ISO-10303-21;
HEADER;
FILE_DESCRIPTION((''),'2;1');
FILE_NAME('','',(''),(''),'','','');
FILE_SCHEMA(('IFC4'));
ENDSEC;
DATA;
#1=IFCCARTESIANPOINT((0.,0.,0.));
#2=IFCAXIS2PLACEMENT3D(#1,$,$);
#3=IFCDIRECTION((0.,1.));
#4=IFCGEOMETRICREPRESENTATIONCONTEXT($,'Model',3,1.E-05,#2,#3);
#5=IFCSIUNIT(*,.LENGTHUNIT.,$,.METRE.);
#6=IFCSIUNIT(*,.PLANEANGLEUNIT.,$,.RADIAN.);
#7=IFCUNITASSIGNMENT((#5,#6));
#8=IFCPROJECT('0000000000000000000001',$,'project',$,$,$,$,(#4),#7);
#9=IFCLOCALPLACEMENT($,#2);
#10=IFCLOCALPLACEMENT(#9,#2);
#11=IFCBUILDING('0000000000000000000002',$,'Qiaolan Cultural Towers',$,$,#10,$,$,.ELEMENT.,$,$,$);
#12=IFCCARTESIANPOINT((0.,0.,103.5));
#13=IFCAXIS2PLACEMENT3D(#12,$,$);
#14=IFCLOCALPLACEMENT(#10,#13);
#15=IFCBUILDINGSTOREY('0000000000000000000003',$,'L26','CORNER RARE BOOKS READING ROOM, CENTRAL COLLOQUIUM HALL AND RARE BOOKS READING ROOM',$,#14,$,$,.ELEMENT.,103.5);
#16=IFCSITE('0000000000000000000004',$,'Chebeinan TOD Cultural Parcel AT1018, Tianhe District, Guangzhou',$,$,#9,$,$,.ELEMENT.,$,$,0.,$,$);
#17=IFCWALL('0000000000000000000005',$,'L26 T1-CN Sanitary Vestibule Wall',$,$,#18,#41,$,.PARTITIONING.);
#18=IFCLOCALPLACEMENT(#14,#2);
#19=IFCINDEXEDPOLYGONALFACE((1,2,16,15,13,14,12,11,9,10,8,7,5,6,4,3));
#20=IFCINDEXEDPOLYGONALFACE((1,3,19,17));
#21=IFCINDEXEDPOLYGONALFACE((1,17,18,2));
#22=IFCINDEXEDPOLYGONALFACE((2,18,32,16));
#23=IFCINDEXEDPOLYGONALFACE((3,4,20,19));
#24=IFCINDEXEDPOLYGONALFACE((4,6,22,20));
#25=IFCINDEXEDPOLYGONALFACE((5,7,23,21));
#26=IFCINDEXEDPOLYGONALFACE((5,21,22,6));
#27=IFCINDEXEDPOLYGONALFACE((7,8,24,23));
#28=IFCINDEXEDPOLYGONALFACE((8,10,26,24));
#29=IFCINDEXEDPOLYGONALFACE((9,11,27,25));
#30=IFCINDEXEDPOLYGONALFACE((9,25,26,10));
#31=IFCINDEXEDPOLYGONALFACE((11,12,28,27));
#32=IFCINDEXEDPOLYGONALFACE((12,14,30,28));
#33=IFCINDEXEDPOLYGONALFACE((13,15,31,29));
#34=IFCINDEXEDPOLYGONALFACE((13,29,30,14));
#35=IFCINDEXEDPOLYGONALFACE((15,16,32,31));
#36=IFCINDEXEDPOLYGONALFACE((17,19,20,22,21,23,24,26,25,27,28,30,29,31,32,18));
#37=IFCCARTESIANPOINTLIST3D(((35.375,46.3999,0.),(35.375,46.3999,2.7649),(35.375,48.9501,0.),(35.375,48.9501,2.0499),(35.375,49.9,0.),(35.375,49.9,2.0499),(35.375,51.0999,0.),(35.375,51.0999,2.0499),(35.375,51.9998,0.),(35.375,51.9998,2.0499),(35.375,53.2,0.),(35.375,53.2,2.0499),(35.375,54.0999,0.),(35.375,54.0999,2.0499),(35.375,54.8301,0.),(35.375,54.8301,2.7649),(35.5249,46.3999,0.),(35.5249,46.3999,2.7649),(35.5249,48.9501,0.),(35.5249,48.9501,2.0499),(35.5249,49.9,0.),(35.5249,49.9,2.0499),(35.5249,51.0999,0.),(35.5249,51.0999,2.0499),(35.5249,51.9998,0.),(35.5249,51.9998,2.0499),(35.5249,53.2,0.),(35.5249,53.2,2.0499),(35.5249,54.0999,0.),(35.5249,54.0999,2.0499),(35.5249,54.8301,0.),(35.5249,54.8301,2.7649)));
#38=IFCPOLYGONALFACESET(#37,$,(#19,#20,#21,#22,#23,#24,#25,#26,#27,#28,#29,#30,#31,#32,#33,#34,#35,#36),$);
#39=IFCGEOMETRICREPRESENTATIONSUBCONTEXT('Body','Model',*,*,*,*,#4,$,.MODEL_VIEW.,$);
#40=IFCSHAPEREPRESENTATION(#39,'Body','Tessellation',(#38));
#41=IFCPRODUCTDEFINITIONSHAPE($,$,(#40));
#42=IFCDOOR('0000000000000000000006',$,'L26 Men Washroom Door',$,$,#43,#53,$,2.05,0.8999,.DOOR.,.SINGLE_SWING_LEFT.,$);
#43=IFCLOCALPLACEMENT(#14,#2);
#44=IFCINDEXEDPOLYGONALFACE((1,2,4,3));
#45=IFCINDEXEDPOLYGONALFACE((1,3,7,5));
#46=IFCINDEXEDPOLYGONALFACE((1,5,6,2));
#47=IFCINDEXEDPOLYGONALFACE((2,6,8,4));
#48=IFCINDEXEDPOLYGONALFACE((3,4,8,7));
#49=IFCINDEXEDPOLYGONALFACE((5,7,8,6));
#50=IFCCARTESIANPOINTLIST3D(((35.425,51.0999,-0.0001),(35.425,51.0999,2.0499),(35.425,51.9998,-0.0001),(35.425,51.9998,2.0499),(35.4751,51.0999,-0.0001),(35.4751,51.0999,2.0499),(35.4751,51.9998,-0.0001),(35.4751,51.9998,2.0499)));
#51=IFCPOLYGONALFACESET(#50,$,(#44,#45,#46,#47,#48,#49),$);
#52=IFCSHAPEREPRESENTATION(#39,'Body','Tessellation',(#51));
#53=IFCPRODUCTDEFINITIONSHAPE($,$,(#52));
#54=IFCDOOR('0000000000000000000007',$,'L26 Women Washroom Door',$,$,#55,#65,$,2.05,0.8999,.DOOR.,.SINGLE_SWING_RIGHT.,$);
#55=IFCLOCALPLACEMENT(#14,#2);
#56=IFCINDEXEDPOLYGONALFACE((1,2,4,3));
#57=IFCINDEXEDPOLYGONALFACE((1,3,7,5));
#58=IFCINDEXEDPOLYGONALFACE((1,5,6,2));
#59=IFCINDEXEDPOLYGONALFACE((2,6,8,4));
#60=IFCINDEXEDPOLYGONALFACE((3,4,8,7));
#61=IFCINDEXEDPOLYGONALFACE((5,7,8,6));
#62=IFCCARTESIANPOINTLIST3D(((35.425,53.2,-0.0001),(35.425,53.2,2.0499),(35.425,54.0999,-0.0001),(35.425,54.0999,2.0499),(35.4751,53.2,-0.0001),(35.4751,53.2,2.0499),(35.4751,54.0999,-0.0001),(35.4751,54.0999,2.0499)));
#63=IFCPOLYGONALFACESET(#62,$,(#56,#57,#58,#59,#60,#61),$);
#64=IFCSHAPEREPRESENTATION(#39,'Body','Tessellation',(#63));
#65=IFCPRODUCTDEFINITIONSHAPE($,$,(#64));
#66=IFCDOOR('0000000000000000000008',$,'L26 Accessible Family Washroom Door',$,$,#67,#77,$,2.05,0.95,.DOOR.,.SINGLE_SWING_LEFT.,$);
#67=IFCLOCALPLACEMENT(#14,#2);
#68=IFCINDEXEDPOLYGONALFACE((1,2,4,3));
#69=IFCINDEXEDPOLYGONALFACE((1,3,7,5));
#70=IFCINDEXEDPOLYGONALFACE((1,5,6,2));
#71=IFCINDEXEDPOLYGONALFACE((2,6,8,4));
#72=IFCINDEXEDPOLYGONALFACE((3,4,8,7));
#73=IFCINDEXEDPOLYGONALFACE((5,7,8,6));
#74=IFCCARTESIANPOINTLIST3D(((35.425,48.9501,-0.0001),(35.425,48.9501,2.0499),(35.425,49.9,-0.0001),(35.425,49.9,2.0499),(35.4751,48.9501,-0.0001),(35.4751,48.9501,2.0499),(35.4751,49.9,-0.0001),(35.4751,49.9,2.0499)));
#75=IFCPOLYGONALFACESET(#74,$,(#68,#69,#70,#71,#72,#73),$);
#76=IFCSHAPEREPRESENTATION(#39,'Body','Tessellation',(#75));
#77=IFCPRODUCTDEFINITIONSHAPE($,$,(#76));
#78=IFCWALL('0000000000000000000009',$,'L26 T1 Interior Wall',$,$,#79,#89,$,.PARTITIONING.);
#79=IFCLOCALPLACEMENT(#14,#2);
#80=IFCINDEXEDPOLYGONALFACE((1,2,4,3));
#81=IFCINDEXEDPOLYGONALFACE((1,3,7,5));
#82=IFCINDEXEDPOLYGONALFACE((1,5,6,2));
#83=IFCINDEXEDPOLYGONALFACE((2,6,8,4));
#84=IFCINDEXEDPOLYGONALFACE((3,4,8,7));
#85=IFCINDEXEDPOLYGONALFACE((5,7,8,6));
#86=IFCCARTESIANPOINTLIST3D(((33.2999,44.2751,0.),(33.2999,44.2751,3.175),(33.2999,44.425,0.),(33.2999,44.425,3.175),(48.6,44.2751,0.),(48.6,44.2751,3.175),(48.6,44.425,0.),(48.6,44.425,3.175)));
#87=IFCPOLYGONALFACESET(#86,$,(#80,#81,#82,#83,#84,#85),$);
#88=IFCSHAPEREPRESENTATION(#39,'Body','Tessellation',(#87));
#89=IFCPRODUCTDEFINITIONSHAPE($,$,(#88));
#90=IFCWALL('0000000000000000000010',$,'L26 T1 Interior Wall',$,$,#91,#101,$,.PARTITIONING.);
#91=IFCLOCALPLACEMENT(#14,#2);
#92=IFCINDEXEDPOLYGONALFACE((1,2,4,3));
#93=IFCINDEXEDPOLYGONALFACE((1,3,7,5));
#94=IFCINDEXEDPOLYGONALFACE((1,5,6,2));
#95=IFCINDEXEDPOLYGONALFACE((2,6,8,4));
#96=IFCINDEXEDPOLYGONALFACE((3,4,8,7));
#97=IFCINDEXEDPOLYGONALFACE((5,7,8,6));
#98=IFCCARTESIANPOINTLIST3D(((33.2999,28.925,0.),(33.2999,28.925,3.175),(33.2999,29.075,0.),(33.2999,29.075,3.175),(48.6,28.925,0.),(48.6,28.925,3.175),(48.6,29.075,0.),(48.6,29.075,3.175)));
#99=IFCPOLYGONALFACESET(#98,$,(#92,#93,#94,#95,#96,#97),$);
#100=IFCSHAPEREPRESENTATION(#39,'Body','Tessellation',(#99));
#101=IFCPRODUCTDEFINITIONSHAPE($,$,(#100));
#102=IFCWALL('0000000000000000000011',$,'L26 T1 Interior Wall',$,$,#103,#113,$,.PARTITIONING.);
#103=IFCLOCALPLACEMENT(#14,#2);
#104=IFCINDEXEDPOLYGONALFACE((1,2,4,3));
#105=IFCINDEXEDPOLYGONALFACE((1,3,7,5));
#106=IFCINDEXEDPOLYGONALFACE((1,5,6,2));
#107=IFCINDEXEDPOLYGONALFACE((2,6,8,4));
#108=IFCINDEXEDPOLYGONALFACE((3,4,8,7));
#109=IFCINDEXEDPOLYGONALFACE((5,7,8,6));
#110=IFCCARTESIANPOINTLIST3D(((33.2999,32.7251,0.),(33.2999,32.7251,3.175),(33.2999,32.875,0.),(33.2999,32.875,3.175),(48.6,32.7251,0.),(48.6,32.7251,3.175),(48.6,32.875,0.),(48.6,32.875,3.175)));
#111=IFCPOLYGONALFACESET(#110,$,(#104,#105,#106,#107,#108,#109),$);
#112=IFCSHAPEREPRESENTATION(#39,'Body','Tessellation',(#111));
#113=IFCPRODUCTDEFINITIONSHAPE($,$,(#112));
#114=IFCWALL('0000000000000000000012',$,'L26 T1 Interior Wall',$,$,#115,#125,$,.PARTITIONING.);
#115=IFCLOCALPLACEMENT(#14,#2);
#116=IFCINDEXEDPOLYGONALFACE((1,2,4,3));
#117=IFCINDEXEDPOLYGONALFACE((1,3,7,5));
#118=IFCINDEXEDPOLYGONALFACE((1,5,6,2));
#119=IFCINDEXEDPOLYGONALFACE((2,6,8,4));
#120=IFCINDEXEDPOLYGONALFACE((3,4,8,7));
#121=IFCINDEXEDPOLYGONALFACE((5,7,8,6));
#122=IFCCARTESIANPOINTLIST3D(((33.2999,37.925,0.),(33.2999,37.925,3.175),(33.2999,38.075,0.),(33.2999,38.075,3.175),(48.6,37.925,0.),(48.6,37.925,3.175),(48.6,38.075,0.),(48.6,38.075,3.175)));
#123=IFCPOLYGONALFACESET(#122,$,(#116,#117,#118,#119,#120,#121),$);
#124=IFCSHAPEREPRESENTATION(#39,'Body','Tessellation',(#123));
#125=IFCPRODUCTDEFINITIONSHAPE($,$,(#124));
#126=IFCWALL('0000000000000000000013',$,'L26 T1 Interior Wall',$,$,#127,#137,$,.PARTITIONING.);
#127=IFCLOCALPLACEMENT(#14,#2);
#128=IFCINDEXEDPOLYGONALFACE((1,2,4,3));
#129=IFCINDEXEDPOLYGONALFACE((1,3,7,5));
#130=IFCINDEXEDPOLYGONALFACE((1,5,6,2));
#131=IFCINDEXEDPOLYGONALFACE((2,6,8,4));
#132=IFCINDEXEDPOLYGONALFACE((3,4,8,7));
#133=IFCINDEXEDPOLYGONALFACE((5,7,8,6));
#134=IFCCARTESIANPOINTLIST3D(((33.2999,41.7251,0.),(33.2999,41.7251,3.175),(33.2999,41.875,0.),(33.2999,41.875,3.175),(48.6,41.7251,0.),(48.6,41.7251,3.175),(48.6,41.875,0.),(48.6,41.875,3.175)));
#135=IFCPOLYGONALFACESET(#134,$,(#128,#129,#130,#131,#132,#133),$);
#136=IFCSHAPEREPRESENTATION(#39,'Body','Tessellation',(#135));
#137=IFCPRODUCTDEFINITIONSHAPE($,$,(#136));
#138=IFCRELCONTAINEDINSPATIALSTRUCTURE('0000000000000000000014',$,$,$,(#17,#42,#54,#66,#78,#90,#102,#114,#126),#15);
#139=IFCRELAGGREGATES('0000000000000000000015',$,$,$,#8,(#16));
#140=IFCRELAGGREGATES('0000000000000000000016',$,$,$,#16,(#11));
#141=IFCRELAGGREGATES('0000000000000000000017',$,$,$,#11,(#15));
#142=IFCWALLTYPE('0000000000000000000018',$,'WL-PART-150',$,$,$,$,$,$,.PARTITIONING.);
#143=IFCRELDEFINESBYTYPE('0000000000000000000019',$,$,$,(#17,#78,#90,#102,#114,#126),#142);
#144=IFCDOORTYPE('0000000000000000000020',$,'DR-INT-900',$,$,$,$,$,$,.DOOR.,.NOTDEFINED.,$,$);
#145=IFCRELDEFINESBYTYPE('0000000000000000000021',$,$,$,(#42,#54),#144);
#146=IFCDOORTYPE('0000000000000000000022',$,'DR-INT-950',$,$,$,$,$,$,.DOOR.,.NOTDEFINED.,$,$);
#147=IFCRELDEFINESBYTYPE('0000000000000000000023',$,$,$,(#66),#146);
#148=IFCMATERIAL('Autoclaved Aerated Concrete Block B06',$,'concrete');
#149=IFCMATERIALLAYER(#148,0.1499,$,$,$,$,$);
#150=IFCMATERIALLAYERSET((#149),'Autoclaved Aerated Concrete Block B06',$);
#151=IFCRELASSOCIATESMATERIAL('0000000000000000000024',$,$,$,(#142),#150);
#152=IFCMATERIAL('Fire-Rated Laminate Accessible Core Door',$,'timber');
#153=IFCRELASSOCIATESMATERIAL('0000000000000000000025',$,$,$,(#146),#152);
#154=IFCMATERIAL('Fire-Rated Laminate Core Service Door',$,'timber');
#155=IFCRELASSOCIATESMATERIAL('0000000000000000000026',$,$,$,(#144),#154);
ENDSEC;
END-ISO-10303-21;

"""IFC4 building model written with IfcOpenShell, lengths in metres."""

from ifc_helpers import new_model, si_unit, direction, frame, frame_2d, origin, place, context, subcontext, project, spatial, rectangle, extrude, material, layer, layer_set, type_object, element, fill, save


model = new_model("IFC4")

# Units and contexts
model_context = context("Model", 3, precision=1e-05, world=origin(), true_north=direction((0.0, 1.0)))
body_context = subcontext(model_context, "Body", "Model", "MODEL_VIEW")
ifc_project = project(units=[si_unit("LENGTHUNIT", "METRE"), si_unit("PLANEANGLEUNIT", "RADIAN")], contexts=[model_context])

# Site, building, storey
site_placement = place(None, origin())
site = spatial("IfcSite", under=ifc_project, at=site_placement, Name="Chebeinan TOD Cultural Parcel AT1018, Tianhe District, Guangzhou", CompositionType="ELEMENT", RefElevation=0.0)
building_placement = place(site_placement, origin())
building = spatial("IfcBuilding", under=site, at=building_placement, Name="Qiaolan Cultural Towers", CompositionType="ELEMENT")
storey_placement = place(building_placement, frame((0.0, 0.0, 103.5)))
storey = spatial("IfcBuildingStorey", under=building, at=storey_placement, Name="L26", Description="CORNER RARE BOOKS READING ROOM, CENTRAL COLLOQUIUM HALL AND RARE BOOKS READING ROOM", CompositionType="ELEMENT", Elevation=103.5)

# Shared definitions
ifc_material_1 = material(Name="Autoclaved Aerated Concrete Block B06", Category="concrete")
ifc_layer_1 = layer(ifc_material_1, 0.1499)
ifc_layer_set_1 = layer_set([ifc_layer_1], Name="Autoclaved Aerated Concrete Block B06")
wall_type_1 = type_object("IfcWallType", Name="WL-PART-150", PredefinedType="PARTITIONING", material=ifc_layer_set_1)
ifc_material_2 = material(Name="Fire-Rated Laminate Accessible Core Door", Category="timber")
door_type_1 = type_object("IfcDoorType", Name="DR-INT-950", OperationType="NOTDEFINED", PredefinedType="DOOR", material=ifc_material_2)

# Wall, openings, doors
wall_1_placement = place(storey_placement, frame((35.45, 46.3999, 0.0), z_axis=(0.0, 0.0, 1.0), x_axis=(0.0, 1.0, 0.0)))
wall_1 = element("IfcWall", 1, at=wall_1_placement, inside=storey, type_object=wall_type_1, Name="L26 T1-CN Sanitary Vestibule Wall", PredefinedType="PARTITIONING", context=body_context, shape_type="SweptSolid", body=[
    extrude(rectangle(XDim=8.4302, YDim=0.1499, at=frame_2d((4.2151, 0.0))), origin(), (0.0, 0.0, 1.0), 2.7649),
])
opening_1_placement = place(wall_1_placement, frame((2.55, 0.0, 0.0)))
opening_1 = element("IfcOpeningElement", 2, at=opening_1_placement, cuts=wall_1, PredefinedType="OPENING", context=body_context, shape_type="SweptSolid", body=[
    extrude(rectangle(XDim=0.95, YDim=2.05, at=frame_2d((0.4751, 1.0249))), frame((0.0, 0.085, 0.0), z_axis=(0.0, -1.0, 0.0), x_axis=(1.0, 0.0, 0.0)), (0.0, 0.0, 1.0), 0.1699),
])
opening_2_placement = place(wall_1_placement, frame((4.7, 0.0, 0.0)))
opening_2 = element("IfcOpeningElement", 3, at=opening_2_placement, cuts=wall_1, PredefinedType="OPENING", context=body_context, shape_type="SweptSolid", body=[
    extrude(rectangle(XDim=0.8999, YDim=2.05, at=frame_2d((0.45, 1.0249))), frame((0.0, 0.085, 0.0), z_axis=(0.0, -1.0, 0.0), x_axis=(1.0, 0.0, 0.0)), (0.0, 0.0, 1.0), 0.1699),
])
opening_3_placement = place(wall_1_placement, frame((6.8, 0.0, 0.0)))
opening_3 = element("IfcOpeningElement", 4, at=opening_3_placement, cuts=wall_1, PredefinedType="OPENING", context=body_context, shape_type="SweptSolid", body=[
    extrude(rectangle(XDim=0.8999, YDim=2.05, at=frame_2d((0.45, 1.0249))), frame((0.0, 0.085, 0.0), z_axis=(0.0, -1.0, 0.0), x_axis=(1.0, 0.0, 0.0)), (0.0, 0.0, 1.0), 0.1699),
])
ifc_material_3 = material(Name="Fire-Rated Laminate Core Service Door", Category="timber")
door_type_2 = type_object("IfcDoorType", Name="DR-INT-900", OperationType="NOTDEFINED", PredefinedType="DOOR", material=ifc_material_3)
door_1_placement = place(opening_2_placement, origin())
door_1 = element("IfcDoor", 5, at=door_1_placement, inside=storey, type_object=door_type_2, Name="L26 Men Washroom Door", OperationType="SINGLE_SWING_LEFT", OverallHeight=2.05, OverallWidth=0.8999, PredefinedType="DOOR", context=body_context, shape_type="SweptSolid", body=[
    extrude(rectangle(XDim=0.8999, YDim=2.05, at=frame_2d((0.45, 1.0249))), frame((0.0, 0.0249, 0.0), z_axis=(0.0, -1.0, 0.0), x_axis=(1.0, 0.0, 0.0)), (0.0, 0.0, 1.0), 0.05),
])
fill(opening_2, door_1)
door_2_placement = place(opening_3_placement, origin())
door_2 = element("IfcDoor", 6, at=door_2_placement, inside=storey, type_object=door_type_2, Name="L26 Women Washroom Door", OperationType="SINGLE_SWING_RIGHT", OverallHeight=2.05, OverallWidth=0.8999, PredefinedType="DOOR", context=body_context, shape_type="SweptSolid", body=[
    extrude(rectangle(XDim=0.8999, YDim=2.05, at=frame_2d((0.45, 1.0249))), frame((0.0, 0.0249, 0.0), z_axis=(0.0, -1.0, 0.0), x_axis=(1.0, 0.0, 0.0)), (0.0, 0.0, 1.0), 0.05),
])
fill(opening_3, door_2)
door_3_placement = place(opening_1_placement, origin())
door_3 = element("IfcDoor", 7, at=door_3_placement, inside=storey, type_object=door_type_1, Name="L26 Accessible Family Washroom Door", OperationType="SINGLE_SWING_LEFT", OverallHeight=2.05, OverallWidth=0.95, PredefinedType="DOOR", context=body_context, shape_type="SweptSolid", body=[
    extrude(rectangle(XDim=0.95, YDim=2.05, at=frame_2d((0.4751, 1.0249))), frame((0.0, 0.0249, 0.0), z_axis=(0.0, -1.0, 0.0), x_axis=(1.0, 0.0, 0.0)), (0.0, 0.0, 1.0), 0.05),
])
fill(opening_1, door_3)

# Walls
for number, where, z_axis, x_axis, name in (
    (8, (33.3, 44.3501, 0.0), (0.0, 0.0, 1.0), (1.0, 0.0, 0.0), "L26 T1 Interior Wall"),
    (9, (33.3, 29.0, 0.0), (0.0, 0.0, 1.0), (1.0, 0.0, 0.0), "L26 T1 Interior Wall"),
    (10, (33.3, 32.8, 0.0), (0.0, 0.0, 1.0), (1.0, 0.0, 0.0), "L26 T1 Interior Wall"),
    (11, (33.3, 38.0, 0.0), (0.0, 0.0, 1.0), (1.0, 0.0, 0.0), "L26 T1 Interior Wall"),
    (12, (33.3, 41.8, 0.0), (0.0, 0.0, 1.0), (1.0, 0.0, 0.0), "L26 T1 Interior Wall"),
):
    element("IfcWall", number, at=place(storey_placement, frame(where, z_axis=z_axis, x_axis=x_axis)), inside=storey, type_object=wall_type_1, Name=name, PredefinedType="PARTITIONING", context=body_context, shape_type="SweptSolid", body=[
        extrude(rectangle(XDim=15.3, YDim=0.1499, at=frame_2d((7.6499, 0.0))), origin(), (0.0, 0.0, 1.0), 3.175),
    ])

save(model, "model.ifc")
